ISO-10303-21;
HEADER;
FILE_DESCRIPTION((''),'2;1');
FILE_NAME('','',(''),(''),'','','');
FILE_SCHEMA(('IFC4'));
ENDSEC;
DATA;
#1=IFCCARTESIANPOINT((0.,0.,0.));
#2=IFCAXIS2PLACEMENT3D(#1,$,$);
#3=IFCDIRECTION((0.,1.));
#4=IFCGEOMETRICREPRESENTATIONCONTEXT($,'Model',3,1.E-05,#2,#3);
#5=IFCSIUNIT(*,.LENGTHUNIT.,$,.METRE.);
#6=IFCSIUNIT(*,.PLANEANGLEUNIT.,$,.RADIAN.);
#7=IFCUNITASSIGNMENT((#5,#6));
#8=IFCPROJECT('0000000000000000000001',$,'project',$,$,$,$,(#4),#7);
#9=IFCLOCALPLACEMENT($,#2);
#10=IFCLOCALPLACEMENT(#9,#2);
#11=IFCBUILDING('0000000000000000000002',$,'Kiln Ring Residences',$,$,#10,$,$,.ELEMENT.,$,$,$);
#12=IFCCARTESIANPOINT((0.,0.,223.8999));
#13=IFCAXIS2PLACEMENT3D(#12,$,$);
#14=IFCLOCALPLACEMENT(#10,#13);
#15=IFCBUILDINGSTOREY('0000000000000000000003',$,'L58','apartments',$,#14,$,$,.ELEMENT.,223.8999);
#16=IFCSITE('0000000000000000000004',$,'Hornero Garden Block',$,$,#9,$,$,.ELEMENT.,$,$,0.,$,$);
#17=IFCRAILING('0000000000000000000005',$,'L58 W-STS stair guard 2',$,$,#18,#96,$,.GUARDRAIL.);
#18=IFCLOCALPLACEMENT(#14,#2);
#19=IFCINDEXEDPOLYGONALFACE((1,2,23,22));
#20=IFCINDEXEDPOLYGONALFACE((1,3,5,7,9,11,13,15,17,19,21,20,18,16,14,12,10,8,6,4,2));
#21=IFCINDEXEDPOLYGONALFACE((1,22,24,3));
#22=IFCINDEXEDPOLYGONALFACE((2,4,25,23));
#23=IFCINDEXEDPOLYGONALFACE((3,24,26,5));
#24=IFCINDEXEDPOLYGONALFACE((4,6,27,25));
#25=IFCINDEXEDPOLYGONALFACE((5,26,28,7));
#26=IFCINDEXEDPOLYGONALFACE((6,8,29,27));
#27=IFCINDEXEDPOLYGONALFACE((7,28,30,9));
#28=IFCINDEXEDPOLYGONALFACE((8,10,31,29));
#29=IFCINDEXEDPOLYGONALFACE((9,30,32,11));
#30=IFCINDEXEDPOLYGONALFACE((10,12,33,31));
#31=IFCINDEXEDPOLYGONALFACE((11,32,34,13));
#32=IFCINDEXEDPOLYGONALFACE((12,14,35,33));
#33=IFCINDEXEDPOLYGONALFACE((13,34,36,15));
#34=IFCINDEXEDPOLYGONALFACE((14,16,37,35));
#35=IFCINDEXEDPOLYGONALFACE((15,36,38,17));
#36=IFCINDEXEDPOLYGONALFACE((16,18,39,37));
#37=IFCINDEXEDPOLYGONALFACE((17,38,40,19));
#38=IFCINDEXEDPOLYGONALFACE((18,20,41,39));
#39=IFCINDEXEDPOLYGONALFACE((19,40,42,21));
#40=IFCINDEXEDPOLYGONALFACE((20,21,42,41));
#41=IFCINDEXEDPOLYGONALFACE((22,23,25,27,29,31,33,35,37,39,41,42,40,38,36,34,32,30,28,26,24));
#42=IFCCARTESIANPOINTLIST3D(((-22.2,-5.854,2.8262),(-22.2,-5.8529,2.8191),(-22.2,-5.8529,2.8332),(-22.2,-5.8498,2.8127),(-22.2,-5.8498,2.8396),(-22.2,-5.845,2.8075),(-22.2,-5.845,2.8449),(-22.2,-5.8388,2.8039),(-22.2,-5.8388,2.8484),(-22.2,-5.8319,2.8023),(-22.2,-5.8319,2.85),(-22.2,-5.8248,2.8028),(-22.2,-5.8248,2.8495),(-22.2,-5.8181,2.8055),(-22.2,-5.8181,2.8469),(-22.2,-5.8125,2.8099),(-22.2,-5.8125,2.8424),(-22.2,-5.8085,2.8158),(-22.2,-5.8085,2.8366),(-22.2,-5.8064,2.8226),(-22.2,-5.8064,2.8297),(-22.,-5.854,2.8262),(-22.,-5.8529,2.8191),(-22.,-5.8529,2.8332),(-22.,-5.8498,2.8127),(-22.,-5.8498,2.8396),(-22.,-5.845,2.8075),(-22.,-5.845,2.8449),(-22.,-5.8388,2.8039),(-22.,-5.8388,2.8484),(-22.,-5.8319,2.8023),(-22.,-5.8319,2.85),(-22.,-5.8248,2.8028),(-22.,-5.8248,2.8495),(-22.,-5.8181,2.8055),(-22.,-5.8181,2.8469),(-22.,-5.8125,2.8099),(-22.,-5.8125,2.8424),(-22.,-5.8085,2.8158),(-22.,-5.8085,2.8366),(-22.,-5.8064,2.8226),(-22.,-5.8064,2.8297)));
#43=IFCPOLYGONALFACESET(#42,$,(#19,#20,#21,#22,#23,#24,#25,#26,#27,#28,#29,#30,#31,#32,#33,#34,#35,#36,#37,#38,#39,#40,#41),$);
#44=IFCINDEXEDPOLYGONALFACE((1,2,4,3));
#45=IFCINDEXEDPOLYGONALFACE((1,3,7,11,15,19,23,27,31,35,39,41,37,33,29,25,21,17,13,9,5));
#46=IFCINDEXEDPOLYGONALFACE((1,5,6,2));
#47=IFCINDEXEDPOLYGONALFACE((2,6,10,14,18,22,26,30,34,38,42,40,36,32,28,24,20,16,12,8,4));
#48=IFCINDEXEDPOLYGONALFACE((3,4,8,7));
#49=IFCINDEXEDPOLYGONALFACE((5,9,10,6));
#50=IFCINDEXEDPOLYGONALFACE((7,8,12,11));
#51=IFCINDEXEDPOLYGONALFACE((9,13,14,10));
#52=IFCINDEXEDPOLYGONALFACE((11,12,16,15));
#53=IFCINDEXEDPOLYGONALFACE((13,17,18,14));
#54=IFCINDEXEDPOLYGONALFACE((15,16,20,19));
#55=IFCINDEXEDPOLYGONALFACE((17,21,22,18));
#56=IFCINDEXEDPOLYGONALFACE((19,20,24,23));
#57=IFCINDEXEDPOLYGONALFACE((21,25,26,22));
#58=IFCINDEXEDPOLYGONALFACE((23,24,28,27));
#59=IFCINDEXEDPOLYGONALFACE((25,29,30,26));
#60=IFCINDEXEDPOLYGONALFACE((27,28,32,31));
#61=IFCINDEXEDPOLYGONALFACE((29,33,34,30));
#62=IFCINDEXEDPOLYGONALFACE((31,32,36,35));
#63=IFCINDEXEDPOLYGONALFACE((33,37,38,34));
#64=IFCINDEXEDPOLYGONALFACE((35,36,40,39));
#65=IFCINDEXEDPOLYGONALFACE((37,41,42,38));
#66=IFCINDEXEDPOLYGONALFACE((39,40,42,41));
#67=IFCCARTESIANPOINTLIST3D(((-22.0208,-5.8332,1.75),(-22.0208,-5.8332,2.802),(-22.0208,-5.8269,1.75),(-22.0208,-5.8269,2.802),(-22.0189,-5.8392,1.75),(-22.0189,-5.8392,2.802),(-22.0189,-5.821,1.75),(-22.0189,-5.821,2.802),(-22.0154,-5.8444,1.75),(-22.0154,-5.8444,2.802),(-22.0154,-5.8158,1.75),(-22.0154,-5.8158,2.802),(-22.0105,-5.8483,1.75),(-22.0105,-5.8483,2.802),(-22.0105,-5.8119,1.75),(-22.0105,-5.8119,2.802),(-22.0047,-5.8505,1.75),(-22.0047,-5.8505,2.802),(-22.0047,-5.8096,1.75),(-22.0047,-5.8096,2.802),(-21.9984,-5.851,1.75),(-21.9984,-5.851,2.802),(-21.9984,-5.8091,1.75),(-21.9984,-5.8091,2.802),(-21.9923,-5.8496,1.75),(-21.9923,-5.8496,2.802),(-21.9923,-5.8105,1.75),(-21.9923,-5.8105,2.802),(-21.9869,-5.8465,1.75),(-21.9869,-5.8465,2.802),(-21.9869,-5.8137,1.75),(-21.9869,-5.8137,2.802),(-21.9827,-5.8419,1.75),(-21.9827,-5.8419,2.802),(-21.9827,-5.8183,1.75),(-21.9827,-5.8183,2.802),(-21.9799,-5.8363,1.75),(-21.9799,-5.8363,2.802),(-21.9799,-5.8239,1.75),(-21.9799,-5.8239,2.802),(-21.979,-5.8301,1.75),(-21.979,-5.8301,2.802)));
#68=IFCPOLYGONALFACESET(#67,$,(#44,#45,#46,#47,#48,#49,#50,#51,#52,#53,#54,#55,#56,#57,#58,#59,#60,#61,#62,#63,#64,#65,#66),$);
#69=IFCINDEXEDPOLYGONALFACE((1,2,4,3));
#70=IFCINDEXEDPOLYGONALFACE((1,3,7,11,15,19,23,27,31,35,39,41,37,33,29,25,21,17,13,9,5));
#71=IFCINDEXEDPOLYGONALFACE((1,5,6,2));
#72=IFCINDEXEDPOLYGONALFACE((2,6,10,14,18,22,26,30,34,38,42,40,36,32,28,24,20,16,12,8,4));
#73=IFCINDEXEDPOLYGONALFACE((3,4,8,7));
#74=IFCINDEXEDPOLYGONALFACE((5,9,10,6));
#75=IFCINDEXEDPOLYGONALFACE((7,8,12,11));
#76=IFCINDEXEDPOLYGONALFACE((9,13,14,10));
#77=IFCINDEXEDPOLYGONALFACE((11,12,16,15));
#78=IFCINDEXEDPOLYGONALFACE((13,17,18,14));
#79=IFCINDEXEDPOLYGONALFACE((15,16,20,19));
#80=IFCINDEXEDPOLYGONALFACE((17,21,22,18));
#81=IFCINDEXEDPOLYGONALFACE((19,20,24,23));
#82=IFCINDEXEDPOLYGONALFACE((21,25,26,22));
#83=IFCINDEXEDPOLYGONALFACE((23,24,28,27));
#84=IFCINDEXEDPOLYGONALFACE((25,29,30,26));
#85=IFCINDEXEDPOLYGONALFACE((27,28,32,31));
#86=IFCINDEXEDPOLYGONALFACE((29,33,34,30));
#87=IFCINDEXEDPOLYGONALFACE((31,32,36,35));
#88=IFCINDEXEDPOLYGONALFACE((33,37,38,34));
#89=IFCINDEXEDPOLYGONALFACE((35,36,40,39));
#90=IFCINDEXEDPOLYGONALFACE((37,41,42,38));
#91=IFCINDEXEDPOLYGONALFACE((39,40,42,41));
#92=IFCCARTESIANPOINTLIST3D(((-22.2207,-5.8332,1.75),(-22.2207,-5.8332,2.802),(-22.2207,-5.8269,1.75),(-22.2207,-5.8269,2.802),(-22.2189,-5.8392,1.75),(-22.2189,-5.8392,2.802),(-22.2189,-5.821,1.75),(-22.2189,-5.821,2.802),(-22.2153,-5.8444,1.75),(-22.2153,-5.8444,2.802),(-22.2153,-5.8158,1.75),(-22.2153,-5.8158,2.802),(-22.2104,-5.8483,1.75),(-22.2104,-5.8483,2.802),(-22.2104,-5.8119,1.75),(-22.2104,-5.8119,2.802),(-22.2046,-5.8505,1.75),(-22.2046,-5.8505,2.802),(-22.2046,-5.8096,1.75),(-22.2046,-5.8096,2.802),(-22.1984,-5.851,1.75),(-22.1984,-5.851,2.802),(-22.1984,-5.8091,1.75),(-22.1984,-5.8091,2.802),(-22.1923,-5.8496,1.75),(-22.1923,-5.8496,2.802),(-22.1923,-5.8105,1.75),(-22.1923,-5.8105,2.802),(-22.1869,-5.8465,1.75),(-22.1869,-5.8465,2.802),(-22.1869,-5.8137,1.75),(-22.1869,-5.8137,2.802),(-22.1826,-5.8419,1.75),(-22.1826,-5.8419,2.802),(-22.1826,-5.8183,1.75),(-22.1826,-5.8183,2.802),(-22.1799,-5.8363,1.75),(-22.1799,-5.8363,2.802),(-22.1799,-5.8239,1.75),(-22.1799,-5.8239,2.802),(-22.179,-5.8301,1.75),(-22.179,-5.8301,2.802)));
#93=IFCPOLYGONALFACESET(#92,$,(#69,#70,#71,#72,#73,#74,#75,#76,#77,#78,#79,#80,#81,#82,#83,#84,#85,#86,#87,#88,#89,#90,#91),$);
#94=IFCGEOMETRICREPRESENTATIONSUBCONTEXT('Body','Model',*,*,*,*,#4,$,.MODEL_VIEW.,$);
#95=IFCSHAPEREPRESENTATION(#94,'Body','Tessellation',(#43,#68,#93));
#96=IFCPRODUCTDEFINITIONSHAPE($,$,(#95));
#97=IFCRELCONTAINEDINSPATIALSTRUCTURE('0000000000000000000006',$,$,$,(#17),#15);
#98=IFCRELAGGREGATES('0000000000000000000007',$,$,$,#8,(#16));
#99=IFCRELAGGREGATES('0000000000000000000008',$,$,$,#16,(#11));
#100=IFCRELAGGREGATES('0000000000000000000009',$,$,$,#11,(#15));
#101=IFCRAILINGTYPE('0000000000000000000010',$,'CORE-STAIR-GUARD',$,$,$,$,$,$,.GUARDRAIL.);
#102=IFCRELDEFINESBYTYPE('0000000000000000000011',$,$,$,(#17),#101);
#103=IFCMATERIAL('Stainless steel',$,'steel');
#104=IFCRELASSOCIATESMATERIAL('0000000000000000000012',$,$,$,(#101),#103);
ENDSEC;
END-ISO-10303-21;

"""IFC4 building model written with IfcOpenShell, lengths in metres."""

from ifc_helpers import new_model, si_unit, direction, frame, origin, origin_2d, place, context, subcontext, project, spatial, circle, extrude, material, type_object, element, save


model = new_model("IFC4")

# Units and contexts
model_context = context("Model", 3, precision=1e-05, world=origin(), true_north=direction((0.0, 1.0)))
body_context = subcontext(model_context, "Body", "Model", "MODEL_VIEW")
ifc_project = project(units=[si_unit("LENGTHUNIT", "METRE"), si_unit("PLANEANGLEUNIT", "RADIAN")], contexts=[model_context])

# Site, building, storey
site_placement = place(None, origin())
site = spatial("IfcSite", under=ifc_project, at=site_placement, Name="Hornero Garden Block", CompositionType="ELEMENT", RefElevation=0.0)
building_placement = place(site_placement, origin())
building = spatial("IfcBuilding", under=site, at=building_placement, Name="Kiln Ring Residences", CompositionType="ELEMENT")
storey_placement = place(building_placement, frame((0.0, 0.0, 223.8999)))
storey = spatial("IfcBuildingStorey", under=building, at=storey_placement, Name="L58", Description="apartments", CompositionType="ELEMENT", Elevation=223.8999)

# Railing
ifc_material_1 = material(Name="Stainless steel", Category="steel")
railing_type_1 = type_object("IfcRailingType", Name="CORE-STAIR-GUARD", PredefinedType="GUARDRAIL", material=ifc_material_1)
railing_1_placement = place(storey_placement, frame((-22.0, -5.8301, 1.75)))
element("IfcRailing", 1, at=railing_1_placement, inside=storey, type_object=railing_type_1, Name="L58 W-STS stair guard 2", PredefinedType="GUARDRAIL", context=body_context, shape_type="SweptSolid", body=[
    extrude(circle(Radius=0.0239, at=origin_2d()), frame((0.0, 0.0, 1.0762), z_axis=(-1.0, 0.0, 0.0), x_axis=(0.0, -1.0, 0.0)), (0.0, 0.0, 1.0), 0.2),
    extrude(circle(Radius=0.021, at=origin_2d()), origin(), (0.0, 0.0, 1.0), 1.052),
    extrude(circle(Radius=0.021, at=origin_2d()), frame((-0.2, 0.0, 0.0)), (0.0, 0.0, 1.0), 1.052),
])

save(model, "model.ifc")
